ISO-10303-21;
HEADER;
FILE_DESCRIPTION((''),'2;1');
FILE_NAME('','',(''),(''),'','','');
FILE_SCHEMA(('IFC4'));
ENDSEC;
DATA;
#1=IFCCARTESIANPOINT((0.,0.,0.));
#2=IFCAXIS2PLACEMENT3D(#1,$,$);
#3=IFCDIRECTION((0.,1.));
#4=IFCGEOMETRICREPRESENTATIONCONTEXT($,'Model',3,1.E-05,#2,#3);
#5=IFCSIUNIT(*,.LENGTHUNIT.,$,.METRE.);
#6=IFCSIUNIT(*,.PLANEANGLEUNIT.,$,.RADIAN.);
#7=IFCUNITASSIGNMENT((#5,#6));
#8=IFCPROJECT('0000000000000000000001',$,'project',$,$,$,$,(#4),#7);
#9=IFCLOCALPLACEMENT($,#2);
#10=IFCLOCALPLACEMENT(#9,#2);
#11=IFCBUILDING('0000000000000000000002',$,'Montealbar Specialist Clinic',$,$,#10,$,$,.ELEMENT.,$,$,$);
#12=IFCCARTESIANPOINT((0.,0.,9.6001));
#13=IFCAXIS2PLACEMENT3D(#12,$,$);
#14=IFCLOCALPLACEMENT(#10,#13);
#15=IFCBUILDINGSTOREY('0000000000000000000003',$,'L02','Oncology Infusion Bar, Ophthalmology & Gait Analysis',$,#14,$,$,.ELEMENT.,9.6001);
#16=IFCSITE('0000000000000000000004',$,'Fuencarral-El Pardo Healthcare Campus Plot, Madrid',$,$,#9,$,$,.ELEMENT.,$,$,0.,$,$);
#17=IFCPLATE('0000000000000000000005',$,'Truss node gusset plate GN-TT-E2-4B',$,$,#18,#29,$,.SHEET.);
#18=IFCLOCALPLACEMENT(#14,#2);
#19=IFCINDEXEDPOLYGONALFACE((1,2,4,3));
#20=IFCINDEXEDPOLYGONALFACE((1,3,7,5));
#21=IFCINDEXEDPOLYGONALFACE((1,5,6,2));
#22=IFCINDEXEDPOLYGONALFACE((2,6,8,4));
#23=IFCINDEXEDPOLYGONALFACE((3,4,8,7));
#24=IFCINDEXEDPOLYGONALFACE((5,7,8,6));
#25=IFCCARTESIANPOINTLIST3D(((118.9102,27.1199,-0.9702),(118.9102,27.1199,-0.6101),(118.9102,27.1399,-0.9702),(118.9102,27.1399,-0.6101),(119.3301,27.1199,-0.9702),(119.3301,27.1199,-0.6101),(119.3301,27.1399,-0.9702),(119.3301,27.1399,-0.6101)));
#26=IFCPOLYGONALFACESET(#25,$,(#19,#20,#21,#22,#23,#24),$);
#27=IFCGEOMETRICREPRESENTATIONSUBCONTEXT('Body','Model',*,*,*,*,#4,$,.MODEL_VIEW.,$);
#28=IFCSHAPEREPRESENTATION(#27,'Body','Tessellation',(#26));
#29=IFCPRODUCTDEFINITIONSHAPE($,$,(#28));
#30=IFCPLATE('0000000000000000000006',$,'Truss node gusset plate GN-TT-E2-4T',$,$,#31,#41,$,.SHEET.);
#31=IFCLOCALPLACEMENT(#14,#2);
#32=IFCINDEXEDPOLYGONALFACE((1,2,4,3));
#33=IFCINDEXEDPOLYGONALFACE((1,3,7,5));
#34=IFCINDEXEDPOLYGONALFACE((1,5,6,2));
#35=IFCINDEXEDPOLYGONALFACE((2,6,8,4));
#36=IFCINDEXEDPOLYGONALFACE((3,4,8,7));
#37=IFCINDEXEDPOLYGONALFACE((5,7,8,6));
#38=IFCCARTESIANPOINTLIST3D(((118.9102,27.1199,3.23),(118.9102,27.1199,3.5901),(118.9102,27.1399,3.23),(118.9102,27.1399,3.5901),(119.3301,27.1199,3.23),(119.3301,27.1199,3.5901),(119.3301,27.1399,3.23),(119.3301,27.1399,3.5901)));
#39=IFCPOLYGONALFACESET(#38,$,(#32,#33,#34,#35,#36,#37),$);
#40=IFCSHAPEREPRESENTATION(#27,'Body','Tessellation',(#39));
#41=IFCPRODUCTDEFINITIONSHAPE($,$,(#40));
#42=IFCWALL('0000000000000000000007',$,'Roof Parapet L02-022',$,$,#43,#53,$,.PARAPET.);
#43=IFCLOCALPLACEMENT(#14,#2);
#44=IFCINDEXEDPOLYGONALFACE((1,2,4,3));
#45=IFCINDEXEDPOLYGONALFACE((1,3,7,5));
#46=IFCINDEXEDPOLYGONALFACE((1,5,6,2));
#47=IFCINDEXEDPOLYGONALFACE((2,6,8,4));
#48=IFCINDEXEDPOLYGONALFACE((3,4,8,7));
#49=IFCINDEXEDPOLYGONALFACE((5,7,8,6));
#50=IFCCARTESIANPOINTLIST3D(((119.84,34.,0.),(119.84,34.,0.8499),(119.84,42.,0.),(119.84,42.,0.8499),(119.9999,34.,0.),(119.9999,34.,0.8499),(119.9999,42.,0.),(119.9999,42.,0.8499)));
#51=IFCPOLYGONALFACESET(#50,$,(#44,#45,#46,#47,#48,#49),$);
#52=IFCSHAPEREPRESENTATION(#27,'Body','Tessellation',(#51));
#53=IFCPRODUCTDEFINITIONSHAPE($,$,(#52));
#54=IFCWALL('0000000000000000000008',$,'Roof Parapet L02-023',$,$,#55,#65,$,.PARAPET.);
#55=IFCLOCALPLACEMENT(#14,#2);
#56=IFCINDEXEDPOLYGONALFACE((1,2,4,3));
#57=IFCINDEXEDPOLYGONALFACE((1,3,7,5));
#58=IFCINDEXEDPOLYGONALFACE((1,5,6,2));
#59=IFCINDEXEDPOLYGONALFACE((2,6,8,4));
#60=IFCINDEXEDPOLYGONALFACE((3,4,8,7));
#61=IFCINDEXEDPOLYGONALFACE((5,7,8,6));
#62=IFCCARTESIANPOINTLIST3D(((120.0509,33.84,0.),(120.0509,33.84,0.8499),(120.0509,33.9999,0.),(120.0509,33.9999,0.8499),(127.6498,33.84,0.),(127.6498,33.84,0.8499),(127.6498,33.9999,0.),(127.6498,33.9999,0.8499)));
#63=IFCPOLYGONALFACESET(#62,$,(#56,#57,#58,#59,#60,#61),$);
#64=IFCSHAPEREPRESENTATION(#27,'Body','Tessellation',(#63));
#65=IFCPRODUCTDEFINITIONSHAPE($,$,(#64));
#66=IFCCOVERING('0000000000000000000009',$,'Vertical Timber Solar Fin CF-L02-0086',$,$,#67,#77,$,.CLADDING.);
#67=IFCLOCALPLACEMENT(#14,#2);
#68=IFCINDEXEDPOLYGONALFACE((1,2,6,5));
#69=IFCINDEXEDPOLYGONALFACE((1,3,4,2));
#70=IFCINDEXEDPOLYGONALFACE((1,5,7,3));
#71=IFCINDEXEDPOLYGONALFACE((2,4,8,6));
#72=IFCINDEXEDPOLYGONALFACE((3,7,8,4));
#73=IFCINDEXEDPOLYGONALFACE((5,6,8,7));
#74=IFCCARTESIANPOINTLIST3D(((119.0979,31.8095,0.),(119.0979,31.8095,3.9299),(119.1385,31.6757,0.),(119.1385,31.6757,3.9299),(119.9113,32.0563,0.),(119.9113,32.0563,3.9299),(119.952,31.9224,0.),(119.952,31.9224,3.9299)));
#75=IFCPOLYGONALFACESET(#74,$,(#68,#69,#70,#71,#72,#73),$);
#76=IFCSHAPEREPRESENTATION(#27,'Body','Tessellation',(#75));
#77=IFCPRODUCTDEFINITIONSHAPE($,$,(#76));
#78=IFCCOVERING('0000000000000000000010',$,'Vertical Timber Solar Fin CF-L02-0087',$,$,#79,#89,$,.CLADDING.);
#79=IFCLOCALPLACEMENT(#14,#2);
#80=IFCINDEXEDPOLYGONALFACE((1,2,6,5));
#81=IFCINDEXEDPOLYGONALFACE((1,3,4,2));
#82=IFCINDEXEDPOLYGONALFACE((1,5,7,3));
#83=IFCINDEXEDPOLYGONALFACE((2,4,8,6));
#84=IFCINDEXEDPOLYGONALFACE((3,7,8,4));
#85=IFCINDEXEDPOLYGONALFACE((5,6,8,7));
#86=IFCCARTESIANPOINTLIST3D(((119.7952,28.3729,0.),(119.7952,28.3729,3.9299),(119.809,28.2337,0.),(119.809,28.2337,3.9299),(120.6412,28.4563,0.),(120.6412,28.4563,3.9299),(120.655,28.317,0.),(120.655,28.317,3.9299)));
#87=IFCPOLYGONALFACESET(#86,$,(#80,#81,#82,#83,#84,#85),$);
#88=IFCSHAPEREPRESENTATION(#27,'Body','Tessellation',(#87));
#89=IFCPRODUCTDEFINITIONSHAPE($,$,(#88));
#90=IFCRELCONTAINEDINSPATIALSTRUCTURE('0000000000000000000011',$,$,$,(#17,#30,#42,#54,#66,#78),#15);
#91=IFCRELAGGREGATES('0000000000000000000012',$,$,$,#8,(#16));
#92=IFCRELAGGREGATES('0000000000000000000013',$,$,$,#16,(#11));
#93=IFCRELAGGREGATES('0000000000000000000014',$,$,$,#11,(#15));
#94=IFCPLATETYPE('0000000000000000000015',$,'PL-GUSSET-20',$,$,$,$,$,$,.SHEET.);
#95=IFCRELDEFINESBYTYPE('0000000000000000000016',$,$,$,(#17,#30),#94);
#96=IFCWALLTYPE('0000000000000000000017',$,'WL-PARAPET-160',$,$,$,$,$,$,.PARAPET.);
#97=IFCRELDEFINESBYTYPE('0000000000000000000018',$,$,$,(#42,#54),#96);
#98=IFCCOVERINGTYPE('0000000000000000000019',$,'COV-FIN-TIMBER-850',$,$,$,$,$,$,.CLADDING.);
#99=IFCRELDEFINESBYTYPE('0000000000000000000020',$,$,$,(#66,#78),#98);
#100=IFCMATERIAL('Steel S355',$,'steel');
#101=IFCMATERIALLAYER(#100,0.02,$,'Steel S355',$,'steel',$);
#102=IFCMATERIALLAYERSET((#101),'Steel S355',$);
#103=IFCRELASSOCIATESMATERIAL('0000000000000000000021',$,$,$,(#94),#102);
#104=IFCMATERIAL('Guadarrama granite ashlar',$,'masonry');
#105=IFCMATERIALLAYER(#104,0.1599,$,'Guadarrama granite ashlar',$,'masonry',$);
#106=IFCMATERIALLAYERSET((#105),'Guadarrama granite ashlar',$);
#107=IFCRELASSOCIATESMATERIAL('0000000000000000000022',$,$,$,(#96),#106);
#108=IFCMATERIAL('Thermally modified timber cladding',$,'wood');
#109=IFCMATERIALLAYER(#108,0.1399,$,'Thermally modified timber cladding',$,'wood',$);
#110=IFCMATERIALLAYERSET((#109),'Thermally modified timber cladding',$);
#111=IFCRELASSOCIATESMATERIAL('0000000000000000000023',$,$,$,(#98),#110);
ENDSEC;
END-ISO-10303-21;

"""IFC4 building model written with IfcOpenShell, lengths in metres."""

from ifc_helpers import new_model, si_unit, direction, frame, frame_2d, origin, origin_2d, place, context, subcontext, project, spatial, rectangle, extrude, material, layer, layer_set, type_object, element, save


model = new_model("IFC4")

# Units and contexts
model_context = context("Model", 3, precision=1e-05, world=origin(), true_north=direction((0.0, 1.0)))
body_context = subcontext(model_context, "Body", "Model", "MODEL_VIEW")
ifc_project = project(units=[si_unit("LENGTHUNIT", "METRE"), si_unit("PLANEANGLEUNIT", "RADIAN")], contexts=[model_context])

# Site, building, storey
site_placement = place(None, origin())
site = spatial("IfcSite", under=ifc_project, at=site_placement, Name="Fuencarral-El Pardo Healthcare Campus Plot, Madrid", CompositionType="ELEMENT", RefElevation=0.0)
building_placement = place(site_placement, origin())
building = spatial("IfcBuilding", under=site, at=building_placement, Name="Montealbar Specialist Clinic", CompositionType="ELEMENT")
storey_placement = place(building_placement, frame((0.0, 0.0, 9.6001)))
storey = spatial("IfcBuildingStorey", under=building, at=storey_placement, Name="L02", Description="Oncology Infusion Bar, Ophthalmology & Gait Analysis", CompositionType="ELEMENT", Elevation=9.6001)

# Shared definitions
ifc_material_1 = material(Name="Steel S355", Category="steel")

# Plates
ifc_layer_1 = layer(ifc_material_1, 0.02, Name="Steel S355", Category="steel")
ifc_layer_set_1 = layer_set([ifc_layer_1], Name="Steel S355")
plate_type_1 = type_object("IfcPlateType", Name="PL-GUSSET-20", PredefinedType="SHEET", material=ifc_layer_set_1)
for number, where, z_axis, x_axis, name in (
    (1, (119.1201, 27.1299, -0.9702), (0.0, 0.0, 1.0), (1.0, 0.0, 0.0), "Truss node gusset plate GN-TT-E2-4B"),
    (2, (119.1201, 27.1299, 3.23), (0.0, 0.0, 1.0), (1.0, 0.0, 0.0), "Truss node gusset plate GN-TT-E2-4T"),
):
    element("IfcPlate", number, at=place(storey_placement, frame(where, z_axis=z_axis, x_axis=x_axis)), inside=storey, type_object=plate_type_1, Name=name, PredefinedType="SHEET", context=body_context, shape_type="SweptSolid", body=[
        extrude(rectangle(XDim=0.4199, YDim=0.02, at=origin_2d()), origin(), (0.0, 0.0, 1.0), 0.3601),
    ])

# Walls
ifc_material_2 = material(Name="Guadarrama granite ashlar", Category="masonry")
ifc_layer_2 = layer(ifc_material_2, 0.1599, Name="Guadarrama granite ashlar", Category="masonry")
ifc_layer_set_2 = layer_set([ifc_layer_2], Name="Guadarrama granite ashlar")
wall_type = type_object("IfcWallType", Name="WL-PARAPET-160", PredefinedType="PARAPET", material=ifc_layer_set_2)
wall_1_placement = place(storey_placement, frame((119.9199, 42.0, 0.0), z_axis=(0.0, 0.0, 1.0), x_axis=(0.0, -1.0, 0.0)))
element("IfcWall", 3, at=wall_1_placement, inside=storey, type_object=wall_type, Name="Roof Parapet L02-022", PredefinedType="PARAPET", context=body_context, shape_type="SweptSolid", body=[
    extrude(rectangle(XDim=8.0, YDim=0.1599, at=frame_2d((4.0, 0.0))), origin(), (0.0, 0.0, 1.0), 0.8499),
])
wall_2_placement = place(storey_placement, frame((120.051, 33.9199, 0.0), z_axis=(0.0, 0.0, 1.0), x_axis=(1.0, 0.0, 0.0)))
element("IfcWall", 4, at=wall_2_placement, inside=storey, type_object=wall_type, Name="Roof Parapet L02-023", PredefinedType="PARAPET", context=body_context, shape_type="SweptSolid", body=[
    extrude(rectangle(XDim=7.5989, YDim=0.1599, at=frame_2d((3.7993, 0.0))), origin(), (0.0, 0.0, 1.0), 0.8499),
])

# Coverings
ifc_material_3 = material(Name="Thermally modified timber cladding", Category="wood")
ifc_layer_3 = layer(ifc_material_3, 0.1399, Name="Thermally modified timber cladding", Category="wood")
ifc_layer_set_3 = layer_set([ifc_layer_3], Name="Thermally modified timber cladding")
covering_type = type_object("IfcCoveringType", Name="COV-FIN-TIMBER-850", PredefinedType="CLADDING", material=ifc_layer_set_3)
for number, where, z_axis, x_axis, name in (
    (5, (119.5249, 31.866, 0.0), (0.0, 0.0, 1.0), (0.956948, 0.290259, 0.0), "Vertical Timber Solar Fin CF-L02-0086"),
    (6, (120.2251, 28.345, 0.0), (0.0, 0.0, 1.0), (0.995182, 0.098045, 0.0), "Vertical Timber Solar Fin CF-L02-0087"),
):
    element("IfcCovering", number, at=place(storey_placement, frame(where, z_axis=z_axis, x_axis=x_axis)), inside=storey, type_object=covering_type, Name=name, PredefinedType="CLADDING", context=body_context, shape_type="SweptSolid", body=[
        extrude(rectangle(XDim=0.8501, YDim=0.1399, at=origin_2d()), origin(), (0.0, 0.0, 1.0), 3.9299),
    ])

save(model, "model.ifc")
